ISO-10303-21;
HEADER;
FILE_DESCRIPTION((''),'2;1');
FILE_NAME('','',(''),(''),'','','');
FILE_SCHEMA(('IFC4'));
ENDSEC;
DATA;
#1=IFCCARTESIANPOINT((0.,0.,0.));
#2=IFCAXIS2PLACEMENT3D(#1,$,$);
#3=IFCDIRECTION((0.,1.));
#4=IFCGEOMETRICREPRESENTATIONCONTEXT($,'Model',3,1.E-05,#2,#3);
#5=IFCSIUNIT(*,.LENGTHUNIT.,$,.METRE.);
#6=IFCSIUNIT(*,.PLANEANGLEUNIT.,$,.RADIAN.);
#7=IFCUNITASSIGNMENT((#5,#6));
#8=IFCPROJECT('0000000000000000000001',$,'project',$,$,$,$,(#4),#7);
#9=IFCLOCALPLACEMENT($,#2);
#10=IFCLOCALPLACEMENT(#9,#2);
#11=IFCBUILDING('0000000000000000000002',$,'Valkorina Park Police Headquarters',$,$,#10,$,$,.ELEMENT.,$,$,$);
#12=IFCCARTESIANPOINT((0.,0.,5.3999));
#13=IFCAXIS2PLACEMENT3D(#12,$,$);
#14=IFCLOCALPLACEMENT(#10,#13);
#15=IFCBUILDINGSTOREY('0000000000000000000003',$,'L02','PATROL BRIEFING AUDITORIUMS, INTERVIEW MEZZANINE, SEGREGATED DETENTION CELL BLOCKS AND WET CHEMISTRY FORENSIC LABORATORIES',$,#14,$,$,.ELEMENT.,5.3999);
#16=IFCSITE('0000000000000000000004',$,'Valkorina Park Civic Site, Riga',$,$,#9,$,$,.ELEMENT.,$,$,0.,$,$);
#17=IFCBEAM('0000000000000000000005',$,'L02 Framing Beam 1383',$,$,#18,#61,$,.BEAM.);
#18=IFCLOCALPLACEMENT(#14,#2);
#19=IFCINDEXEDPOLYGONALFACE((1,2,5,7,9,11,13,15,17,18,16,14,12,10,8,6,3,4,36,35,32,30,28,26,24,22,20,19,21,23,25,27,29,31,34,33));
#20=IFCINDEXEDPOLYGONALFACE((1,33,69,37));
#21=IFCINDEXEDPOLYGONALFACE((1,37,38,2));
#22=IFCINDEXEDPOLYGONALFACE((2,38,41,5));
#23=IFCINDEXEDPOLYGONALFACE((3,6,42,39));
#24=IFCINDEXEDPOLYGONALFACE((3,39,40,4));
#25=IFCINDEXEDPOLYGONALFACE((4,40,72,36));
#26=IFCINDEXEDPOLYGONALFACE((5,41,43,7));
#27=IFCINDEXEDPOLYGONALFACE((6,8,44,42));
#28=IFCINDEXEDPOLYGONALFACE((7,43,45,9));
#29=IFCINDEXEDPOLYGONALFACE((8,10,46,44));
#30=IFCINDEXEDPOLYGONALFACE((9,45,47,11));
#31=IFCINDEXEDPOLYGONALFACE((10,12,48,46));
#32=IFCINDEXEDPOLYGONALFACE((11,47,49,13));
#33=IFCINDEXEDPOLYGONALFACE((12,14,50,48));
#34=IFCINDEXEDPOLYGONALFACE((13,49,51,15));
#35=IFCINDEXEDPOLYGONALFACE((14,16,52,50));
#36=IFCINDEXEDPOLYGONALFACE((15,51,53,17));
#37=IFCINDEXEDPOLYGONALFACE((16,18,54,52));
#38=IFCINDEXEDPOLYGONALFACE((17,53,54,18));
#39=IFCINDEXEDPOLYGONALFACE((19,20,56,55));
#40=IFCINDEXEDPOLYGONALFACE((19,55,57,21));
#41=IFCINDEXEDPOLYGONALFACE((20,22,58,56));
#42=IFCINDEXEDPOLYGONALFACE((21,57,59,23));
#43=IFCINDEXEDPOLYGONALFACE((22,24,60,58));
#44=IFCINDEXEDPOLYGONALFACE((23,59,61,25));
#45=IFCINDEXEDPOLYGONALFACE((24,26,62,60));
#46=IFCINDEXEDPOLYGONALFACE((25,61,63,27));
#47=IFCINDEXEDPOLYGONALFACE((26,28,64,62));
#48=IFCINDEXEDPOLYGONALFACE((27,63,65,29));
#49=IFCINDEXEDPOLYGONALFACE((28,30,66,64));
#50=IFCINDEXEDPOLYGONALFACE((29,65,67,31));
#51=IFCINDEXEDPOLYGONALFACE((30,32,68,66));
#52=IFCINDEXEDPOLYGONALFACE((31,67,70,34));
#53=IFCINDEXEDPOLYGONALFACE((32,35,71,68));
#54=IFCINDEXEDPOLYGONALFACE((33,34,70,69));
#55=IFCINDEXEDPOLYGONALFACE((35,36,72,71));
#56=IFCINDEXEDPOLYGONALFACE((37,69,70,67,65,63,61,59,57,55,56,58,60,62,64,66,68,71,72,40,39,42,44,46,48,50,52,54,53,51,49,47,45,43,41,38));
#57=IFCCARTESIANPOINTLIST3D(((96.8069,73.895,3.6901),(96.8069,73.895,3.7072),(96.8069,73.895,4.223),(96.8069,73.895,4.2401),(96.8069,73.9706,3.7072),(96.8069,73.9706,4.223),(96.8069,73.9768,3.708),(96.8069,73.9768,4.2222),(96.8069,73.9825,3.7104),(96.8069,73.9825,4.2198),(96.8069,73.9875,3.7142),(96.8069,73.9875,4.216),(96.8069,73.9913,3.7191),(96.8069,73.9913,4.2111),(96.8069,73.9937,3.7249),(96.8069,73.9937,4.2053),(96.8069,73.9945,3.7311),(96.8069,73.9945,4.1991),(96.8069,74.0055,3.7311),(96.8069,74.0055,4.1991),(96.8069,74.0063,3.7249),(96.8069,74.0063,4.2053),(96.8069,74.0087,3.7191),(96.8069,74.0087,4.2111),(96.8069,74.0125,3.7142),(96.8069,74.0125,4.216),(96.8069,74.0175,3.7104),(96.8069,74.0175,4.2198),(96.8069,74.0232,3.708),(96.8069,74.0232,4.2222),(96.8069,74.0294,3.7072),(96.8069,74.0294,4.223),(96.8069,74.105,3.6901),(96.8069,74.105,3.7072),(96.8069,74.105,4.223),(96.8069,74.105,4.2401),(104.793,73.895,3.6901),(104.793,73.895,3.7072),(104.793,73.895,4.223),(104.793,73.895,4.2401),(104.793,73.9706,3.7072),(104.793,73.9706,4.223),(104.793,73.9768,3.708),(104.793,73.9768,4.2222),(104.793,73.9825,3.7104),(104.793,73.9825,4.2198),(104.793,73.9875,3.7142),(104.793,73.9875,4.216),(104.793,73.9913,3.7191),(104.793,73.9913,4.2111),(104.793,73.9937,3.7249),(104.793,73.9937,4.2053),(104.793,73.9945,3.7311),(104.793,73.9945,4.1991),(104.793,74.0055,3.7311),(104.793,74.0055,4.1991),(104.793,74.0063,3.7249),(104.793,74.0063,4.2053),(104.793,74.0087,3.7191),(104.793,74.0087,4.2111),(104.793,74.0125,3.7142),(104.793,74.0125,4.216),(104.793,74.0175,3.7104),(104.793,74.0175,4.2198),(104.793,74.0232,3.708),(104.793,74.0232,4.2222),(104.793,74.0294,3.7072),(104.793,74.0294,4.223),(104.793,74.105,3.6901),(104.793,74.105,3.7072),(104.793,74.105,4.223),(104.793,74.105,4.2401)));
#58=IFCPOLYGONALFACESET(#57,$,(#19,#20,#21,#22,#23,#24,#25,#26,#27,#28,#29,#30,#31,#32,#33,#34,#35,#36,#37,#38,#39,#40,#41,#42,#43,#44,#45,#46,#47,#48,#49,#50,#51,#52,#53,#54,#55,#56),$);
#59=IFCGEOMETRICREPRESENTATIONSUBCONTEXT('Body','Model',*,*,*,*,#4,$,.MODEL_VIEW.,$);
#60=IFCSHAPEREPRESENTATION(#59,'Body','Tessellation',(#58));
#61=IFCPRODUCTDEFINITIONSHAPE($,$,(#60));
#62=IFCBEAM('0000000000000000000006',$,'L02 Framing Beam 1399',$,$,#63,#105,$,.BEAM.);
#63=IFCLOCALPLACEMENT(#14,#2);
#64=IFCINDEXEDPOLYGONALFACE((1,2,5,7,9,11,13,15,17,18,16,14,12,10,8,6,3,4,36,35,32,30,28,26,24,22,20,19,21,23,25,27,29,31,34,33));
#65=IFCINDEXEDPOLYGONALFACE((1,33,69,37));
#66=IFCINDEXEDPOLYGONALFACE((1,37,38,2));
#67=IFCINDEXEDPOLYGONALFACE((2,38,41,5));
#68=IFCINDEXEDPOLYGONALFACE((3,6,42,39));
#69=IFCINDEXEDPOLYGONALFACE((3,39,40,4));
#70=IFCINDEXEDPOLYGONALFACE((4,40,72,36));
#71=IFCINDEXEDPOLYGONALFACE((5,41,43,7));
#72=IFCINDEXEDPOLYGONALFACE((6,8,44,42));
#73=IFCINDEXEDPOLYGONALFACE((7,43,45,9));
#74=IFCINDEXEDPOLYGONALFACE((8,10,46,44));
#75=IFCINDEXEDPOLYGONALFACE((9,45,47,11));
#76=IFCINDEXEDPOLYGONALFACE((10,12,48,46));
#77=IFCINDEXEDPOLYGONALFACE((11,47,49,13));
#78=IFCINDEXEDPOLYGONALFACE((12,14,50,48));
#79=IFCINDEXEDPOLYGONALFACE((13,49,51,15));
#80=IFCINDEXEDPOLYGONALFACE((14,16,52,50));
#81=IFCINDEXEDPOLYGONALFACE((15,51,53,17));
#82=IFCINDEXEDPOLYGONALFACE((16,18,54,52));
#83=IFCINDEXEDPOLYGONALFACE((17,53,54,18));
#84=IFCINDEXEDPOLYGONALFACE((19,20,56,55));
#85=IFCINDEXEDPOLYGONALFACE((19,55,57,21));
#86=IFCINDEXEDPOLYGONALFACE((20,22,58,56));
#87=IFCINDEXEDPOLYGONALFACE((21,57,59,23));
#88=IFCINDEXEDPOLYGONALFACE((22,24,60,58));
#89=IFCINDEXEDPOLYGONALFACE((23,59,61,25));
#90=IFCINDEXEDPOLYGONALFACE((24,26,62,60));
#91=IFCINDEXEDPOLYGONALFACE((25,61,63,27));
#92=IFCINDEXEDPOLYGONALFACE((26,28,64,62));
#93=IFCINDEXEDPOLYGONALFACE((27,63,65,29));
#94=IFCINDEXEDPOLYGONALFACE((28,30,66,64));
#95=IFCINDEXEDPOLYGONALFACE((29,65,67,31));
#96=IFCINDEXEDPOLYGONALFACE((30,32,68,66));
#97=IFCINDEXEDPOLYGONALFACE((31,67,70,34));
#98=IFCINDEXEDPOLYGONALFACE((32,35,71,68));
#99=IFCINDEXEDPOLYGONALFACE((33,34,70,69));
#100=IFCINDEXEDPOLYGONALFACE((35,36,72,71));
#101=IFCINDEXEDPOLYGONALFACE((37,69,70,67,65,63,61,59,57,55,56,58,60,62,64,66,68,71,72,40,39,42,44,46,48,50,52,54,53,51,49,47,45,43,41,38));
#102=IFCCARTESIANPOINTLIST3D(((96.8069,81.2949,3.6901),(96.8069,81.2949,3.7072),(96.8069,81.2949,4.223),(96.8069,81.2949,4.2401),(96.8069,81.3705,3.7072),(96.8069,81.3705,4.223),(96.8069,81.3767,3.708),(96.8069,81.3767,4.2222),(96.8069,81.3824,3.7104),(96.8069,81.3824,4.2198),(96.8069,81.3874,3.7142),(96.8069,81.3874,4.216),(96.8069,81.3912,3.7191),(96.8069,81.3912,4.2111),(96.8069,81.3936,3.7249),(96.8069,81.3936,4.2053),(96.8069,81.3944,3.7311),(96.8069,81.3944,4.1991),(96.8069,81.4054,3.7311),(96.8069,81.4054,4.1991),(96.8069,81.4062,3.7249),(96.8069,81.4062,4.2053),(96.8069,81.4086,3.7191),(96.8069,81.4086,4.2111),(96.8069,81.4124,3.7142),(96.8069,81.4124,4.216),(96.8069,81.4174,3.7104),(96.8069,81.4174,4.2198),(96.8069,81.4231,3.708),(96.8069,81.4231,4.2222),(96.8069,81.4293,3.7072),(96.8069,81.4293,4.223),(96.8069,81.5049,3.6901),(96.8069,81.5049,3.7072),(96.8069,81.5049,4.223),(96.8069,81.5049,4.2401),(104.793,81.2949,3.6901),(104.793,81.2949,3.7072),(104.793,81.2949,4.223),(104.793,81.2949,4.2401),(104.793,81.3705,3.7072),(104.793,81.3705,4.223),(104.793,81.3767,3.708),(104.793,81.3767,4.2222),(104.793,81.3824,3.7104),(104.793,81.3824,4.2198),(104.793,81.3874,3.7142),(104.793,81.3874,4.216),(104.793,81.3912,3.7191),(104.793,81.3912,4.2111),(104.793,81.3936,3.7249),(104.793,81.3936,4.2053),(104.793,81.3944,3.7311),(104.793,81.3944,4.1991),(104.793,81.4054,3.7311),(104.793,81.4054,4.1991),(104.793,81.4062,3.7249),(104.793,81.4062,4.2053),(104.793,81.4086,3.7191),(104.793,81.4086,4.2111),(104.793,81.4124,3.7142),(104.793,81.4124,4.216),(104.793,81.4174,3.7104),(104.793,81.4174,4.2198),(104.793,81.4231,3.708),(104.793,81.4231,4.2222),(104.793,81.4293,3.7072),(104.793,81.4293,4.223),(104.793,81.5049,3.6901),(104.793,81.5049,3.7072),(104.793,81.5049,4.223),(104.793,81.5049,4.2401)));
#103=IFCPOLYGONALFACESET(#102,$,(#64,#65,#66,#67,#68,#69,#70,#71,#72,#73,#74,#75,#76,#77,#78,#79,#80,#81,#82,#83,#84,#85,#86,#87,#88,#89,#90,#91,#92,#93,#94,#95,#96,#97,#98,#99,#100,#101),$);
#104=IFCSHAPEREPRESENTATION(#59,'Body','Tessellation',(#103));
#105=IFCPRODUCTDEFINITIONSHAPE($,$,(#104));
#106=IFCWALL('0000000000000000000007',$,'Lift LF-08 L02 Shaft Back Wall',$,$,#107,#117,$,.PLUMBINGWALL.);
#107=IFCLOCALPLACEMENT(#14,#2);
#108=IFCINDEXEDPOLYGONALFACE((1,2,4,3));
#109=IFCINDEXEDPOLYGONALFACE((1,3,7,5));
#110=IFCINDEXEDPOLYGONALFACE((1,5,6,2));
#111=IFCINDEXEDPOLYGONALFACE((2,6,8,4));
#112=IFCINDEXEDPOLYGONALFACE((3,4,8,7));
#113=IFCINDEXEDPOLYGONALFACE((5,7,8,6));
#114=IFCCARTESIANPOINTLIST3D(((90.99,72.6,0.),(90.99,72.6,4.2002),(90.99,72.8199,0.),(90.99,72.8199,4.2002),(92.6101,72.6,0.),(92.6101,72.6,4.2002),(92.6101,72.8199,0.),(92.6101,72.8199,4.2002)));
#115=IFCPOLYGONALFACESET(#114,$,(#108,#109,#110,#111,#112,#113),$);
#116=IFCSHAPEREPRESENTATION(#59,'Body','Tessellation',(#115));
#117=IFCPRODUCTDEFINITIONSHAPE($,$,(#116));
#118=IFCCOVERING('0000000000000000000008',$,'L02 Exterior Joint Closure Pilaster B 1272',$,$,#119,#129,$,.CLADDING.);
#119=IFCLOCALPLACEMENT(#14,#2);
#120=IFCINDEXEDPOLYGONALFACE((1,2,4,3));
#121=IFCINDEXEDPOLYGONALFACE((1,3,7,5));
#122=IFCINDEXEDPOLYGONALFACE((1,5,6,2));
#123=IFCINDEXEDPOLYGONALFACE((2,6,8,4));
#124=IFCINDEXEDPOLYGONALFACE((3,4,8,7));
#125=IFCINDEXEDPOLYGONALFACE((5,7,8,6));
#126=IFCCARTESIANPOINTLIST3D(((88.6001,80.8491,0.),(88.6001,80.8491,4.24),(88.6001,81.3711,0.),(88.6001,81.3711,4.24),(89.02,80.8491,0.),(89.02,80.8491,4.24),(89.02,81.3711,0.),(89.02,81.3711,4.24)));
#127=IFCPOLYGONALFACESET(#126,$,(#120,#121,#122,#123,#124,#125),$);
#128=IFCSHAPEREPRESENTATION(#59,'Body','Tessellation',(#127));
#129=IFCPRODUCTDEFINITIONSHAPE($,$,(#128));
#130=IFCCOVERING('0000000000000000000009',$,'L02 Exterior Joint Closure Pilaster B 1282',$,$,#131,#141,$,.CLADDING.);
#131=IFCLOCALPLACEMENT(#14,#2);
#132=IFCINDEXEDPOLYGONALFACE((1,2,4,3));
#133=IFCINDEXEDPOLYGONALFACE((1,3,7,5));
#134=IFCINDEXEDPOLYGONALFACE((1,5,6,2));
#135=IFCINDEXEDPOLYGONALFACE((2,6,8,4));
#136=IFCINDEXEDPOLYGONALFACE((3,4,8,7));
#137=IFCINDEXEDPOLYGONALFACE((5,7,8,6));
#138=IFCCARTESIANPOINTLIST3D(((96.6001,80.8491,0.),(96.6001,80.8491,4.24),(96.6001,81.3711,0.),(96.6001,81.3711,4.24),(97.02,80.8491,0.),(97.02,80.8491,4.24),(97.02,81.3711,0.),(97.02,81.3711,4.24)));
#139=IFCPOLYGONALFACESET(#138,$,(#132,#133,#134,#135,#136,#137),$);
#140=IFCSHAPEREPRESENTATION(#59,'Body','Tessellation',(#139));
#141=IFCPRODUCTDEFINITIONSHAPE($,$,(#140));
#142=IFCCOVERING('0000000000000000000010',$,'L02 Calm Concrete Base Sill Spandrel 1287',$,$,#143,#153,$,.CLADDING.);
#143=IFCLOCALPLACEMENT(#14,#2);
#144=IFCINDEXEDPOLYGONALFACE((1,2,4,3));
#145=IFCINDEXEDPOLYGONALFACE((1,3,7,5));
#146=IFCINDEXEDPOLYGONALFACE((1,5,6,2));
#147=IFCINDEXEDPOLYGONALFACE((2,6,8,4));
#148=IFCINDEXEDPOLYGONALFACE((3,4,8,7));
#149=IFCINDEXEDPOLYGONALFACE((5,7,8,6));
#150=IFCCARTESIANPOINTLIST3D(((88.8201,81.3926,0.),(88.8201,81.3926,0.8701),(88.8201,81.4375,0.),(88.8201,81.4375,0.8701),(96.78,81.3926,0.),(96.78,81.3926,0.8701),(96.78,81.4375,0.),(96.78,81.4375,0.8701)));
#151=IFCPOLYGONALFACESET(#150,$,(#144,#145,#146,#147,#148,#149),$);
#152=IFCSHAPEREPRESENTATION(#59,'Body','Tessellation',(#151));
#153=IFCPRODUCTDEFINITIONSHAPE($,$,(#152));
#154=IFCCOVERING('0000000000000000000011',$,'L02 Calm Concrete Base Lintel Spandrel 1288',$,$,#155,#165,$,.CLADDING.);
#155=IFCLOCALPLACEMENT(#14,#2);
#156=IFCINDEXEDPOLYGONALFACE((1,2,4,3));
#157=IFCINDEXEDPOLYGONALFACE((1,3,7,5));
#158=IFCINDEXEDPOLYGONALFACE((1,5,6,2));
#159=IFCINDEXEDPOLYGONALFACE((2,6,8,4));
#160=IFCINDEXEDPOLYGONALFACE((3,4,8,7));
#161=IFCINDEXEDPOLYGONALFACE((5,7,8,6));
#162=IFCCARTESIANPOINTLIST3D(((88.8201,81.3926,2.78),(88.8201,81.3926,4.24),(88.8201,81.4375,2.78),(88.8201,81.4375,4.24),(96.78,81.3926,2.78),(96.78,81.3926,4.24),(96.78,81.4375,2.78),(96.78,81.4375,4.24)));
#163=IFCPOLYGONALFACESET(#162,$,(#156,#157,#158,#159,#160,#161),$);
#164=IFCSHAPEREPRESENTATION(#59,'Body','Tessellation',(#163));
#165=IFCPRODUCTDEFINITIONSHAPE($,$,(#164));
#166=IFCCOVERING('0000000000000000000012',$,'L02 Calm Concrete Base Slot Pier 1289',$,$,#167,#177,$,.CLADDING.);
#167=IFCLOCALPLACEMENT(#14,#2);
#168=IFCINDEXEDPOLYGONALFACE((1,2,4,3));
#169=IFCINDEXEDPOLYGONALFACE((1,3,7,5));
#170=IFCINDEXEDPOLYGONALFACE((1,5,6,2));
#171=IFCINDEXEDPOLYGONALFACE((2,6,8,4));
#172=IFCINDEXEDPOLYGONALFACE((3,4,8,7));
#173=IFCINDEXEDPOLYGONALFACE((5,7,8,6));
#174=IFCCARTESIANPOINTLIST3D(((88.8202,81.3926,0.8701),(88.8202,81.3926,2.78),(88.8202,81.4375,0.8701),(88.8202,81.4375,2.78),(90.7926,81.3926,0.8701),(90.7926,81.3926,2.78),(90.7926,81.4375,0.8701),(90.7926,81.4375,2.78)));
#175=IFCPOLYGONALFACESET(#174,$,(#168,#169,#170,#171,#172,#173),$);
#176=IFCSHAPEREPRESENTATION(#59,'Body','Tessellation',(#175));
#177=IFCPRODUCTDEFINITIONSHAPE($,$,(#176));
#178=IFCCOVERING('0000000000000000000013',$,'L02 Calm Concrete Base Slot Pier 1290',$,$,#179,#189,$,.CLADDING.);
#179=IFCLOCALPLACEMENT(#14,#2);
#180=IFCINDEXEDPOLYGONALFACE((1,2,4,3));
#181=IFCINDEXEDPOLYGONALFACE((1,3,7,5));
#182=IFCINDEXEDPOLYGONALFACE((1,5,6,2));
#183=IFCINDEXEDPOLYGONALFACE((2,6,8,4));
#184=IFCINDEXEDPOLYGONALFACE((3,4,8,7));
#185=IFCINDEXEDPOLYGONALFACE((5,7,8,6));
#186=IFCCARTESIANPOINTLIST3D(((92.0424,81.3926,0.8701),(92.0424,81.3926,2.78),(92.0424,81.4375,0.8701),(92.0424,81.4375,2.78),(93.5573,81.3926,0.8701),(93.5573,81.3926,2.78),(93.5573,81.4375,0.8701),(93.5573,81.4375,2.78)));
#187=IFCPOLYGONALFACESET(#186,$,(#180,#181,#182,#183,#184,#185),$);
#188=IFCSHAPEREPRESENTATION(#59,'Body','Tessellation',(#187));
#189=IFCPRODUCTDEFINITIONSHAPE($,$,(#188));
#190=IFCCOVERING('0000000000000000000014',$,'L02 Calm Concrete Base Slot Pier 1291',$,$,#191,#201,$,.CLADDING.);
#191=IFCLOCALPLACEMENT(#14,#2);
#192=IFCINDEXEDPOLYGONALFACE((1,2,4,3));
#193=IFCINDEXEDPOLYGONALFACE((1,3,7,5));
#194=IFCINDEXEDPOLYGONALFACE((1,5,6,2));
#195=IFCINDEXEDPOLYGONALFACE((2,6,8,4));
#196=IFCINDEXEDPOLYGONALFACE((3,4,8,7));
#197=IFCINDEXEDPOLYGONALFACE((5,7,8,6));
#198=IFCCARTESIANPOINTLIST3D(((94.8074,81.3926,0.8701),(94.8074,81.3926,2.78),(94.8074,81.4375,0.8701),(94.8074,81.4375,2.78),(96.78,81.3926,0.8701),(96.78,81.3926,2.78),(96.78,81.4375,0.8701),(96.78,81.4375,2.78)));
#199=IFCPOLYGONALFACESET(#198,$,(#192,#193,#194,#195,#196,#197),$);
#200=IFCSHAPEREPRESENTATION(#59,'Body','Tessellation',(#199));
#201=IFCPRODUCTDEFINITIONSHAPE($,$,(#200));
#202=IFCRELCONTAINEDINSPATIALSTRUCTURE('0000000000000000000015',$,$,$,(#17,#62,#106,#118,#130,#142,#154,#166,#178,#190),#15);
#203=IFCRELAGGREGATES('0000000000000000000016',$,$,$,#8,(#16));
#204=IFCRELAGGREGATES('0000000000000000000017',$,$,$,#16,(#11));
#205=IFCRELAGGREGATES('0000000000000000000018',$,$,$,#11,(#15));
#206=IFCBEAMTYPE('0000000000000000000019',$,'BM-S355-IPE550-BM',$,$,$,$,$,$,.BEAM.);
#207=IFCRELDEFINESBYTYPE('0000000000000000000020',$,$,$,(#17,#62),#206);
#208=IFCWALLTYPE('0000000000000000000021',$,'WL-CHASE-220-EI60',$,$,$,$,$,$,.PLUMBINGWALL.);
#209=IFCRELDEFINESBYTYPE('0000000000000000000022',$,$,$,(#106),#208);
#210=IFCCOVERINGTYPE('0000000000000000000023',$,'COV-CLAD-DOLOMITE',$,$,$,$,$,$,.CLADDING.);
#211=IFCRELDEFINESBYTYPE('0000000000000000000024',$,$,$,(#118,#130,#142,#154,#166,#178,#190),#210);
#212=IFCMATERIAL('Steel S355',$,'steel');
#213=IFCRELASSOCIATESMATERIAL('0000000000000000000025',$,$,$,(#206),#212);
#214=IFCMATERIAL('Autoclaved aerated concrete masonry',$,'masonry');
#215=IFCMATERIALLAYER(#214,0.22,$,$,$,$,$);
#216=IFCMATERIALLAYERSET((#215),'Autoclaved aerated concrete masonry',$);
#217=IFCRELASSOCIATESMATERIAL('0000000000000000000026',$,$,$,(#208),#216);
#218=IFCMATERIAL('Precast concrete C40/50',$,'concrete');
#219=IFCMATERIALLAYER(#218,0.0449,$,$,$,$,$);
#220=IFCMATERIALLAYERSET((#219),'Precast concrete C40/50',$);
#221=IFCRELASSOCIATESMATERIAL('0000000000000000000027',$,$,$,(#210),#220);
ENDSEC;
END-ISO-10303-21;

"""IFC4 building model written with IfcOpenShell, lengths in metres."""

from ifc_helpers import new_model, si_unit, direction, frame, frame_2d, origin, origin_2d, place, context, subcontext, project, spatial, rectangle, i_section, extrude, material, layer, layer_set, material_profile, profile_set, type_object, element, save


model = new_model("IFC4")

# Units and contexts
model_context = context("Model", 3, precision=1e-05, world=origin(), true_north=direction((0.0, 1.0)))
body_context = subcontext(model_context, "Body", "Model", "MODEL_VIEW")
ifc_project = project(units=[si_unit("LENGTHUNIT", "METRE"), si_unit("PLANEANGLEUNIT", "RADIAN")], contexts=[model_context])

# Site, building, storey
site_placement = place(None, origin())
site = spatial("IfcSite", under=ifc_project, at=site_placement, Name="Valkorina Park Civic Site, Riga", CompositionType="ELEMENT", RefElevation=0.0)
building_placement = place(site_placement, origin())
building = spatial("IfcBuilding", under=site, at=building_placement, Name="Valkorina Park Police Headquarters", CompositionType="ELEMENT")
storey_placement = place(building_placement, frame((0.0, 0.0, 5.3999)))
storey = spatial("IfcBuildingStorey", under=building, at=storey_placement, Name="L02", Description="PATROL BRIEFING AUDITORIUMS, INTERVIEW MEZZANINE, SEGREGATED DETENTION CELL BLOCKS AND WET CHEMISTRY FORENSIC LABORATORIES", CompositionType="ELEMENT", Elevation=5.3999)

# Shared definitions
ifc_material_1 = material(Name="Steel S355", Category="steel")

# Beams
ifc_material_profile_1 = material_profile(ifc_material_1, i_section(OverallWidth=0.21, OverallDepth=0.55, WebThickness=0.011, FlangeThickness=0.0171, FilletRadius=0.0239, at=origin_2d()), Name="IPE 550")
ifc_profile_set_1 = profile_set([ifc_material_profile_1], Name="Steel S355")
beam_type_1 = type_object("IfcBeamType", Name="BM-S355-IPE550-BM", PredefinedType="BEAM", material=ifc_profile_set_1)
for number, where, z_axis, x_axis, name in (
    (1, (96.8069, 74.0, 3.9651), (1.0, 0.0, 0.0), (0.0, 1.0, 0.0), "L02 Framing Beam 1383"),
    (2, (96.8069, 81.3999, 3.9651), (1.0, 0.0, 0.0), (0.0, 1.0, 0.0), "L02 Framing Beam 1399"),
):
    element("IfcBeam", number, at=place(storey_placement, frame(where, z_axis=z_axis, x_axis=x_axis)), inside=storey, type_object=beam_type_1, Name=name, PredefinedType="BEAM", context=body_context, shape_type="SweptSolid", body=[
        extrude(i_section(OverallWidth=0.21, OverallDepth=0.55, WebThickness=0.011, FlangeThickness=0.0171, FilletRadius=0.0239, at=origin_2d()), origin(), (0.0, 0.0, 1.0), 7.9861),
    ])

# Wall
ifc_material_2 = material(Name="Autoclaved aerated concrete masonry", Category="masonry")
ifc_layer_1 = layer(ifc_material_2, 0.22)
ifc_layer_set_1 = layer_set([ifc_layer_1], Name="Autoclaved aerated concrete masonry")
wall_type = type_object("IfcWallType", Name="WL-CHASE-220-EI60", PredefinedType="PLUMBINGWALL", material=ifc_layer_set_1)
wall_placement = place(storey_placement, frame((90.99, 72.71, 0.0), z_axis=(0.0, 0.0, 1.0), x_axis=(1.0, 0.0, 0.0)))
element("IfcWall", 3, at=wall_placement, inside=storey, type_object=wall_type, Name="Lift LF-08 L02 Shaft Back Wall", PredefinedType="PLUMBINGWALL", context=body_context, shape_type="SweptSolid", body=[
    extrude(rectangle(XDim=1.6201, YDim=0.22, at=frame_2d((0.8101, 0.0))), origin(), (0.0, 0.0, 1.0), 4.2002),
])

# Coverings
ifc_material_3 = material(Name="Precast concrete C40/50", Category="concrete")
ifc_layer_2 = layer(ifc_material_3, 0.0449)
ifc_layer_set_2 = layer_set([ifc_layer_2], Name="Precast concrete C40/50")
covering_type = type_object("IfcCoveringType", Name="COV-CLAD-DOLOMITE", PredefinedType="CLADDING", material=ifc_layer_set_2)
for number, where, z_axis, x_axis, name in (
    (4, (88.8101, 81.1101, 0.0), (0.0, 0.0, 1.0), (1.0, 0.0, 0.0), "L02 Exterior Joint Closure Pilaster B 1272"),
    (5, (96.8101, 81.1101, 0.0), (0.0, 0.0, 1.0), (1.0, 0.0, 0.0), "L02 Exterior Joint Closure Pilaster B 1282"),
):
    element("IfcCovering", number, at=place(storey_placement, frame(where, z_axis=z_axis, x_axis=x_axis)), inside=storey, type_object=covering_type, Name=name, PredefinedType="CLADDING", context=body_context, shape_type="SweptSolid", body=[
        extrude(rectangle(XDim=0.4199, YDim=0.522, at=origin_2d()), origin(), (0.0, 0.0, 1.0), 4.24),
    ])
covering_1_placement = place(storey_placement, frame((88.8201, 81.415, 0.0), z_axis=(0.0, 0.0, 1.0), x_axis=(1.0, 0.0, 0.0)))
element("IfcCovering", 6, at=covering_1_placement, inside=storey, type_object=covering_type, Name="L02 Calm Concrete Base Sill Spandrel 1287", PredefinedType="CLADDING", context=body_context, shape_type="SweptSolid", body=[
    extrude(rectangle(XDim=7.96, YDim=0.0449, at=frame_2d((3.98, 0.0))), origin(), (0.0, 0.0, 1.0), 0.8701),
])
covering_2_placement = place(storey_placement, frame((88.8201, 81.415, 2.78), z_axis=(0.0, 0.0, 1.0), x_axis=(1.0, 0.0, 0.0)))
element("IfcCovering", 7, at=covering_2_placement, inside=storey, type_object=covering_type, Name="L02 Calm Concrete Base Lintel Spandrel 1288", PredefinedType="CLADDING", context=body_context, shape_type="SweptSolid", body=[
    extrude(rectangle(XDim=7.96, YDim=0.0449, at=frame_2d((3.98, 0.0))), origin(), (0.0, 0.0, 1.0), 1.46),
])
covering_3_placement = place(storey_placement, frame((88.8201, 81.415, 0.8701), z_axis=(0.0, 0.0, 1.0), x_axis=(1.0, 0.0, 0.0)))
element("IfcCovering", 8, at=covering_3_placement, inside=storey, type_object=covering_type, Name="L02 Calm Concrete Base Slot Pier 1289", PredefinedType="CLADDING", context=body_context, shape_type="SweptSolid", body=[
    extrude(rectangle(XDim=1.9724, YDim=0.0449, at=frame_2d((0.9863, 0.0))), origin(), (0.0, 0.0, 1.0), 1.9099),
])
covering_4_placement = place(storey_placement, frame((92.0425, 81.415, 0.8701), z_axis=(0.0, 0.0, 1.0), x_axis=(1.0, 0.0, 0.0)))
element("IfcCovering", 9, at=covering_4_placement, inside=storey, type_object=covering_type, Name="L02 Calm Concrete Base Slot Pier 1290", PredefinedType="CLADDING", context=body_context, shape_type="SweptSolid", body=[
    extrude(rectangle(XDim=1.5149, YDim=0.0449, at=frame_2d((0.7573, 0.0))), origin(), (0.0, 0.0, 1.0), 1.9099),
])
covering_5_placement = place(storey_placement, frame((94.8074, 81.415, 0.8701), z_axis=(0.0, 0.0, 1.0), x_axis=(1.0, 0.0, 0.0)))
element("IfcCovering", 10, at=covering_5_placement, inside=storey, type_object=covering_type, Name="L02 Calm Concrete Base Slot Pier 1291", PredefinedType="CLADDING", context=body_context, shape_type="SweptSolid", body=[
    extrude(rectangle(XDim=1.9727, YDim=0.0449, at=frame_2d((0.9863, 0.0))), origin(), (0.0, 0.0, 1.0), 1.9099),
])

save(model, "model.ifc")
